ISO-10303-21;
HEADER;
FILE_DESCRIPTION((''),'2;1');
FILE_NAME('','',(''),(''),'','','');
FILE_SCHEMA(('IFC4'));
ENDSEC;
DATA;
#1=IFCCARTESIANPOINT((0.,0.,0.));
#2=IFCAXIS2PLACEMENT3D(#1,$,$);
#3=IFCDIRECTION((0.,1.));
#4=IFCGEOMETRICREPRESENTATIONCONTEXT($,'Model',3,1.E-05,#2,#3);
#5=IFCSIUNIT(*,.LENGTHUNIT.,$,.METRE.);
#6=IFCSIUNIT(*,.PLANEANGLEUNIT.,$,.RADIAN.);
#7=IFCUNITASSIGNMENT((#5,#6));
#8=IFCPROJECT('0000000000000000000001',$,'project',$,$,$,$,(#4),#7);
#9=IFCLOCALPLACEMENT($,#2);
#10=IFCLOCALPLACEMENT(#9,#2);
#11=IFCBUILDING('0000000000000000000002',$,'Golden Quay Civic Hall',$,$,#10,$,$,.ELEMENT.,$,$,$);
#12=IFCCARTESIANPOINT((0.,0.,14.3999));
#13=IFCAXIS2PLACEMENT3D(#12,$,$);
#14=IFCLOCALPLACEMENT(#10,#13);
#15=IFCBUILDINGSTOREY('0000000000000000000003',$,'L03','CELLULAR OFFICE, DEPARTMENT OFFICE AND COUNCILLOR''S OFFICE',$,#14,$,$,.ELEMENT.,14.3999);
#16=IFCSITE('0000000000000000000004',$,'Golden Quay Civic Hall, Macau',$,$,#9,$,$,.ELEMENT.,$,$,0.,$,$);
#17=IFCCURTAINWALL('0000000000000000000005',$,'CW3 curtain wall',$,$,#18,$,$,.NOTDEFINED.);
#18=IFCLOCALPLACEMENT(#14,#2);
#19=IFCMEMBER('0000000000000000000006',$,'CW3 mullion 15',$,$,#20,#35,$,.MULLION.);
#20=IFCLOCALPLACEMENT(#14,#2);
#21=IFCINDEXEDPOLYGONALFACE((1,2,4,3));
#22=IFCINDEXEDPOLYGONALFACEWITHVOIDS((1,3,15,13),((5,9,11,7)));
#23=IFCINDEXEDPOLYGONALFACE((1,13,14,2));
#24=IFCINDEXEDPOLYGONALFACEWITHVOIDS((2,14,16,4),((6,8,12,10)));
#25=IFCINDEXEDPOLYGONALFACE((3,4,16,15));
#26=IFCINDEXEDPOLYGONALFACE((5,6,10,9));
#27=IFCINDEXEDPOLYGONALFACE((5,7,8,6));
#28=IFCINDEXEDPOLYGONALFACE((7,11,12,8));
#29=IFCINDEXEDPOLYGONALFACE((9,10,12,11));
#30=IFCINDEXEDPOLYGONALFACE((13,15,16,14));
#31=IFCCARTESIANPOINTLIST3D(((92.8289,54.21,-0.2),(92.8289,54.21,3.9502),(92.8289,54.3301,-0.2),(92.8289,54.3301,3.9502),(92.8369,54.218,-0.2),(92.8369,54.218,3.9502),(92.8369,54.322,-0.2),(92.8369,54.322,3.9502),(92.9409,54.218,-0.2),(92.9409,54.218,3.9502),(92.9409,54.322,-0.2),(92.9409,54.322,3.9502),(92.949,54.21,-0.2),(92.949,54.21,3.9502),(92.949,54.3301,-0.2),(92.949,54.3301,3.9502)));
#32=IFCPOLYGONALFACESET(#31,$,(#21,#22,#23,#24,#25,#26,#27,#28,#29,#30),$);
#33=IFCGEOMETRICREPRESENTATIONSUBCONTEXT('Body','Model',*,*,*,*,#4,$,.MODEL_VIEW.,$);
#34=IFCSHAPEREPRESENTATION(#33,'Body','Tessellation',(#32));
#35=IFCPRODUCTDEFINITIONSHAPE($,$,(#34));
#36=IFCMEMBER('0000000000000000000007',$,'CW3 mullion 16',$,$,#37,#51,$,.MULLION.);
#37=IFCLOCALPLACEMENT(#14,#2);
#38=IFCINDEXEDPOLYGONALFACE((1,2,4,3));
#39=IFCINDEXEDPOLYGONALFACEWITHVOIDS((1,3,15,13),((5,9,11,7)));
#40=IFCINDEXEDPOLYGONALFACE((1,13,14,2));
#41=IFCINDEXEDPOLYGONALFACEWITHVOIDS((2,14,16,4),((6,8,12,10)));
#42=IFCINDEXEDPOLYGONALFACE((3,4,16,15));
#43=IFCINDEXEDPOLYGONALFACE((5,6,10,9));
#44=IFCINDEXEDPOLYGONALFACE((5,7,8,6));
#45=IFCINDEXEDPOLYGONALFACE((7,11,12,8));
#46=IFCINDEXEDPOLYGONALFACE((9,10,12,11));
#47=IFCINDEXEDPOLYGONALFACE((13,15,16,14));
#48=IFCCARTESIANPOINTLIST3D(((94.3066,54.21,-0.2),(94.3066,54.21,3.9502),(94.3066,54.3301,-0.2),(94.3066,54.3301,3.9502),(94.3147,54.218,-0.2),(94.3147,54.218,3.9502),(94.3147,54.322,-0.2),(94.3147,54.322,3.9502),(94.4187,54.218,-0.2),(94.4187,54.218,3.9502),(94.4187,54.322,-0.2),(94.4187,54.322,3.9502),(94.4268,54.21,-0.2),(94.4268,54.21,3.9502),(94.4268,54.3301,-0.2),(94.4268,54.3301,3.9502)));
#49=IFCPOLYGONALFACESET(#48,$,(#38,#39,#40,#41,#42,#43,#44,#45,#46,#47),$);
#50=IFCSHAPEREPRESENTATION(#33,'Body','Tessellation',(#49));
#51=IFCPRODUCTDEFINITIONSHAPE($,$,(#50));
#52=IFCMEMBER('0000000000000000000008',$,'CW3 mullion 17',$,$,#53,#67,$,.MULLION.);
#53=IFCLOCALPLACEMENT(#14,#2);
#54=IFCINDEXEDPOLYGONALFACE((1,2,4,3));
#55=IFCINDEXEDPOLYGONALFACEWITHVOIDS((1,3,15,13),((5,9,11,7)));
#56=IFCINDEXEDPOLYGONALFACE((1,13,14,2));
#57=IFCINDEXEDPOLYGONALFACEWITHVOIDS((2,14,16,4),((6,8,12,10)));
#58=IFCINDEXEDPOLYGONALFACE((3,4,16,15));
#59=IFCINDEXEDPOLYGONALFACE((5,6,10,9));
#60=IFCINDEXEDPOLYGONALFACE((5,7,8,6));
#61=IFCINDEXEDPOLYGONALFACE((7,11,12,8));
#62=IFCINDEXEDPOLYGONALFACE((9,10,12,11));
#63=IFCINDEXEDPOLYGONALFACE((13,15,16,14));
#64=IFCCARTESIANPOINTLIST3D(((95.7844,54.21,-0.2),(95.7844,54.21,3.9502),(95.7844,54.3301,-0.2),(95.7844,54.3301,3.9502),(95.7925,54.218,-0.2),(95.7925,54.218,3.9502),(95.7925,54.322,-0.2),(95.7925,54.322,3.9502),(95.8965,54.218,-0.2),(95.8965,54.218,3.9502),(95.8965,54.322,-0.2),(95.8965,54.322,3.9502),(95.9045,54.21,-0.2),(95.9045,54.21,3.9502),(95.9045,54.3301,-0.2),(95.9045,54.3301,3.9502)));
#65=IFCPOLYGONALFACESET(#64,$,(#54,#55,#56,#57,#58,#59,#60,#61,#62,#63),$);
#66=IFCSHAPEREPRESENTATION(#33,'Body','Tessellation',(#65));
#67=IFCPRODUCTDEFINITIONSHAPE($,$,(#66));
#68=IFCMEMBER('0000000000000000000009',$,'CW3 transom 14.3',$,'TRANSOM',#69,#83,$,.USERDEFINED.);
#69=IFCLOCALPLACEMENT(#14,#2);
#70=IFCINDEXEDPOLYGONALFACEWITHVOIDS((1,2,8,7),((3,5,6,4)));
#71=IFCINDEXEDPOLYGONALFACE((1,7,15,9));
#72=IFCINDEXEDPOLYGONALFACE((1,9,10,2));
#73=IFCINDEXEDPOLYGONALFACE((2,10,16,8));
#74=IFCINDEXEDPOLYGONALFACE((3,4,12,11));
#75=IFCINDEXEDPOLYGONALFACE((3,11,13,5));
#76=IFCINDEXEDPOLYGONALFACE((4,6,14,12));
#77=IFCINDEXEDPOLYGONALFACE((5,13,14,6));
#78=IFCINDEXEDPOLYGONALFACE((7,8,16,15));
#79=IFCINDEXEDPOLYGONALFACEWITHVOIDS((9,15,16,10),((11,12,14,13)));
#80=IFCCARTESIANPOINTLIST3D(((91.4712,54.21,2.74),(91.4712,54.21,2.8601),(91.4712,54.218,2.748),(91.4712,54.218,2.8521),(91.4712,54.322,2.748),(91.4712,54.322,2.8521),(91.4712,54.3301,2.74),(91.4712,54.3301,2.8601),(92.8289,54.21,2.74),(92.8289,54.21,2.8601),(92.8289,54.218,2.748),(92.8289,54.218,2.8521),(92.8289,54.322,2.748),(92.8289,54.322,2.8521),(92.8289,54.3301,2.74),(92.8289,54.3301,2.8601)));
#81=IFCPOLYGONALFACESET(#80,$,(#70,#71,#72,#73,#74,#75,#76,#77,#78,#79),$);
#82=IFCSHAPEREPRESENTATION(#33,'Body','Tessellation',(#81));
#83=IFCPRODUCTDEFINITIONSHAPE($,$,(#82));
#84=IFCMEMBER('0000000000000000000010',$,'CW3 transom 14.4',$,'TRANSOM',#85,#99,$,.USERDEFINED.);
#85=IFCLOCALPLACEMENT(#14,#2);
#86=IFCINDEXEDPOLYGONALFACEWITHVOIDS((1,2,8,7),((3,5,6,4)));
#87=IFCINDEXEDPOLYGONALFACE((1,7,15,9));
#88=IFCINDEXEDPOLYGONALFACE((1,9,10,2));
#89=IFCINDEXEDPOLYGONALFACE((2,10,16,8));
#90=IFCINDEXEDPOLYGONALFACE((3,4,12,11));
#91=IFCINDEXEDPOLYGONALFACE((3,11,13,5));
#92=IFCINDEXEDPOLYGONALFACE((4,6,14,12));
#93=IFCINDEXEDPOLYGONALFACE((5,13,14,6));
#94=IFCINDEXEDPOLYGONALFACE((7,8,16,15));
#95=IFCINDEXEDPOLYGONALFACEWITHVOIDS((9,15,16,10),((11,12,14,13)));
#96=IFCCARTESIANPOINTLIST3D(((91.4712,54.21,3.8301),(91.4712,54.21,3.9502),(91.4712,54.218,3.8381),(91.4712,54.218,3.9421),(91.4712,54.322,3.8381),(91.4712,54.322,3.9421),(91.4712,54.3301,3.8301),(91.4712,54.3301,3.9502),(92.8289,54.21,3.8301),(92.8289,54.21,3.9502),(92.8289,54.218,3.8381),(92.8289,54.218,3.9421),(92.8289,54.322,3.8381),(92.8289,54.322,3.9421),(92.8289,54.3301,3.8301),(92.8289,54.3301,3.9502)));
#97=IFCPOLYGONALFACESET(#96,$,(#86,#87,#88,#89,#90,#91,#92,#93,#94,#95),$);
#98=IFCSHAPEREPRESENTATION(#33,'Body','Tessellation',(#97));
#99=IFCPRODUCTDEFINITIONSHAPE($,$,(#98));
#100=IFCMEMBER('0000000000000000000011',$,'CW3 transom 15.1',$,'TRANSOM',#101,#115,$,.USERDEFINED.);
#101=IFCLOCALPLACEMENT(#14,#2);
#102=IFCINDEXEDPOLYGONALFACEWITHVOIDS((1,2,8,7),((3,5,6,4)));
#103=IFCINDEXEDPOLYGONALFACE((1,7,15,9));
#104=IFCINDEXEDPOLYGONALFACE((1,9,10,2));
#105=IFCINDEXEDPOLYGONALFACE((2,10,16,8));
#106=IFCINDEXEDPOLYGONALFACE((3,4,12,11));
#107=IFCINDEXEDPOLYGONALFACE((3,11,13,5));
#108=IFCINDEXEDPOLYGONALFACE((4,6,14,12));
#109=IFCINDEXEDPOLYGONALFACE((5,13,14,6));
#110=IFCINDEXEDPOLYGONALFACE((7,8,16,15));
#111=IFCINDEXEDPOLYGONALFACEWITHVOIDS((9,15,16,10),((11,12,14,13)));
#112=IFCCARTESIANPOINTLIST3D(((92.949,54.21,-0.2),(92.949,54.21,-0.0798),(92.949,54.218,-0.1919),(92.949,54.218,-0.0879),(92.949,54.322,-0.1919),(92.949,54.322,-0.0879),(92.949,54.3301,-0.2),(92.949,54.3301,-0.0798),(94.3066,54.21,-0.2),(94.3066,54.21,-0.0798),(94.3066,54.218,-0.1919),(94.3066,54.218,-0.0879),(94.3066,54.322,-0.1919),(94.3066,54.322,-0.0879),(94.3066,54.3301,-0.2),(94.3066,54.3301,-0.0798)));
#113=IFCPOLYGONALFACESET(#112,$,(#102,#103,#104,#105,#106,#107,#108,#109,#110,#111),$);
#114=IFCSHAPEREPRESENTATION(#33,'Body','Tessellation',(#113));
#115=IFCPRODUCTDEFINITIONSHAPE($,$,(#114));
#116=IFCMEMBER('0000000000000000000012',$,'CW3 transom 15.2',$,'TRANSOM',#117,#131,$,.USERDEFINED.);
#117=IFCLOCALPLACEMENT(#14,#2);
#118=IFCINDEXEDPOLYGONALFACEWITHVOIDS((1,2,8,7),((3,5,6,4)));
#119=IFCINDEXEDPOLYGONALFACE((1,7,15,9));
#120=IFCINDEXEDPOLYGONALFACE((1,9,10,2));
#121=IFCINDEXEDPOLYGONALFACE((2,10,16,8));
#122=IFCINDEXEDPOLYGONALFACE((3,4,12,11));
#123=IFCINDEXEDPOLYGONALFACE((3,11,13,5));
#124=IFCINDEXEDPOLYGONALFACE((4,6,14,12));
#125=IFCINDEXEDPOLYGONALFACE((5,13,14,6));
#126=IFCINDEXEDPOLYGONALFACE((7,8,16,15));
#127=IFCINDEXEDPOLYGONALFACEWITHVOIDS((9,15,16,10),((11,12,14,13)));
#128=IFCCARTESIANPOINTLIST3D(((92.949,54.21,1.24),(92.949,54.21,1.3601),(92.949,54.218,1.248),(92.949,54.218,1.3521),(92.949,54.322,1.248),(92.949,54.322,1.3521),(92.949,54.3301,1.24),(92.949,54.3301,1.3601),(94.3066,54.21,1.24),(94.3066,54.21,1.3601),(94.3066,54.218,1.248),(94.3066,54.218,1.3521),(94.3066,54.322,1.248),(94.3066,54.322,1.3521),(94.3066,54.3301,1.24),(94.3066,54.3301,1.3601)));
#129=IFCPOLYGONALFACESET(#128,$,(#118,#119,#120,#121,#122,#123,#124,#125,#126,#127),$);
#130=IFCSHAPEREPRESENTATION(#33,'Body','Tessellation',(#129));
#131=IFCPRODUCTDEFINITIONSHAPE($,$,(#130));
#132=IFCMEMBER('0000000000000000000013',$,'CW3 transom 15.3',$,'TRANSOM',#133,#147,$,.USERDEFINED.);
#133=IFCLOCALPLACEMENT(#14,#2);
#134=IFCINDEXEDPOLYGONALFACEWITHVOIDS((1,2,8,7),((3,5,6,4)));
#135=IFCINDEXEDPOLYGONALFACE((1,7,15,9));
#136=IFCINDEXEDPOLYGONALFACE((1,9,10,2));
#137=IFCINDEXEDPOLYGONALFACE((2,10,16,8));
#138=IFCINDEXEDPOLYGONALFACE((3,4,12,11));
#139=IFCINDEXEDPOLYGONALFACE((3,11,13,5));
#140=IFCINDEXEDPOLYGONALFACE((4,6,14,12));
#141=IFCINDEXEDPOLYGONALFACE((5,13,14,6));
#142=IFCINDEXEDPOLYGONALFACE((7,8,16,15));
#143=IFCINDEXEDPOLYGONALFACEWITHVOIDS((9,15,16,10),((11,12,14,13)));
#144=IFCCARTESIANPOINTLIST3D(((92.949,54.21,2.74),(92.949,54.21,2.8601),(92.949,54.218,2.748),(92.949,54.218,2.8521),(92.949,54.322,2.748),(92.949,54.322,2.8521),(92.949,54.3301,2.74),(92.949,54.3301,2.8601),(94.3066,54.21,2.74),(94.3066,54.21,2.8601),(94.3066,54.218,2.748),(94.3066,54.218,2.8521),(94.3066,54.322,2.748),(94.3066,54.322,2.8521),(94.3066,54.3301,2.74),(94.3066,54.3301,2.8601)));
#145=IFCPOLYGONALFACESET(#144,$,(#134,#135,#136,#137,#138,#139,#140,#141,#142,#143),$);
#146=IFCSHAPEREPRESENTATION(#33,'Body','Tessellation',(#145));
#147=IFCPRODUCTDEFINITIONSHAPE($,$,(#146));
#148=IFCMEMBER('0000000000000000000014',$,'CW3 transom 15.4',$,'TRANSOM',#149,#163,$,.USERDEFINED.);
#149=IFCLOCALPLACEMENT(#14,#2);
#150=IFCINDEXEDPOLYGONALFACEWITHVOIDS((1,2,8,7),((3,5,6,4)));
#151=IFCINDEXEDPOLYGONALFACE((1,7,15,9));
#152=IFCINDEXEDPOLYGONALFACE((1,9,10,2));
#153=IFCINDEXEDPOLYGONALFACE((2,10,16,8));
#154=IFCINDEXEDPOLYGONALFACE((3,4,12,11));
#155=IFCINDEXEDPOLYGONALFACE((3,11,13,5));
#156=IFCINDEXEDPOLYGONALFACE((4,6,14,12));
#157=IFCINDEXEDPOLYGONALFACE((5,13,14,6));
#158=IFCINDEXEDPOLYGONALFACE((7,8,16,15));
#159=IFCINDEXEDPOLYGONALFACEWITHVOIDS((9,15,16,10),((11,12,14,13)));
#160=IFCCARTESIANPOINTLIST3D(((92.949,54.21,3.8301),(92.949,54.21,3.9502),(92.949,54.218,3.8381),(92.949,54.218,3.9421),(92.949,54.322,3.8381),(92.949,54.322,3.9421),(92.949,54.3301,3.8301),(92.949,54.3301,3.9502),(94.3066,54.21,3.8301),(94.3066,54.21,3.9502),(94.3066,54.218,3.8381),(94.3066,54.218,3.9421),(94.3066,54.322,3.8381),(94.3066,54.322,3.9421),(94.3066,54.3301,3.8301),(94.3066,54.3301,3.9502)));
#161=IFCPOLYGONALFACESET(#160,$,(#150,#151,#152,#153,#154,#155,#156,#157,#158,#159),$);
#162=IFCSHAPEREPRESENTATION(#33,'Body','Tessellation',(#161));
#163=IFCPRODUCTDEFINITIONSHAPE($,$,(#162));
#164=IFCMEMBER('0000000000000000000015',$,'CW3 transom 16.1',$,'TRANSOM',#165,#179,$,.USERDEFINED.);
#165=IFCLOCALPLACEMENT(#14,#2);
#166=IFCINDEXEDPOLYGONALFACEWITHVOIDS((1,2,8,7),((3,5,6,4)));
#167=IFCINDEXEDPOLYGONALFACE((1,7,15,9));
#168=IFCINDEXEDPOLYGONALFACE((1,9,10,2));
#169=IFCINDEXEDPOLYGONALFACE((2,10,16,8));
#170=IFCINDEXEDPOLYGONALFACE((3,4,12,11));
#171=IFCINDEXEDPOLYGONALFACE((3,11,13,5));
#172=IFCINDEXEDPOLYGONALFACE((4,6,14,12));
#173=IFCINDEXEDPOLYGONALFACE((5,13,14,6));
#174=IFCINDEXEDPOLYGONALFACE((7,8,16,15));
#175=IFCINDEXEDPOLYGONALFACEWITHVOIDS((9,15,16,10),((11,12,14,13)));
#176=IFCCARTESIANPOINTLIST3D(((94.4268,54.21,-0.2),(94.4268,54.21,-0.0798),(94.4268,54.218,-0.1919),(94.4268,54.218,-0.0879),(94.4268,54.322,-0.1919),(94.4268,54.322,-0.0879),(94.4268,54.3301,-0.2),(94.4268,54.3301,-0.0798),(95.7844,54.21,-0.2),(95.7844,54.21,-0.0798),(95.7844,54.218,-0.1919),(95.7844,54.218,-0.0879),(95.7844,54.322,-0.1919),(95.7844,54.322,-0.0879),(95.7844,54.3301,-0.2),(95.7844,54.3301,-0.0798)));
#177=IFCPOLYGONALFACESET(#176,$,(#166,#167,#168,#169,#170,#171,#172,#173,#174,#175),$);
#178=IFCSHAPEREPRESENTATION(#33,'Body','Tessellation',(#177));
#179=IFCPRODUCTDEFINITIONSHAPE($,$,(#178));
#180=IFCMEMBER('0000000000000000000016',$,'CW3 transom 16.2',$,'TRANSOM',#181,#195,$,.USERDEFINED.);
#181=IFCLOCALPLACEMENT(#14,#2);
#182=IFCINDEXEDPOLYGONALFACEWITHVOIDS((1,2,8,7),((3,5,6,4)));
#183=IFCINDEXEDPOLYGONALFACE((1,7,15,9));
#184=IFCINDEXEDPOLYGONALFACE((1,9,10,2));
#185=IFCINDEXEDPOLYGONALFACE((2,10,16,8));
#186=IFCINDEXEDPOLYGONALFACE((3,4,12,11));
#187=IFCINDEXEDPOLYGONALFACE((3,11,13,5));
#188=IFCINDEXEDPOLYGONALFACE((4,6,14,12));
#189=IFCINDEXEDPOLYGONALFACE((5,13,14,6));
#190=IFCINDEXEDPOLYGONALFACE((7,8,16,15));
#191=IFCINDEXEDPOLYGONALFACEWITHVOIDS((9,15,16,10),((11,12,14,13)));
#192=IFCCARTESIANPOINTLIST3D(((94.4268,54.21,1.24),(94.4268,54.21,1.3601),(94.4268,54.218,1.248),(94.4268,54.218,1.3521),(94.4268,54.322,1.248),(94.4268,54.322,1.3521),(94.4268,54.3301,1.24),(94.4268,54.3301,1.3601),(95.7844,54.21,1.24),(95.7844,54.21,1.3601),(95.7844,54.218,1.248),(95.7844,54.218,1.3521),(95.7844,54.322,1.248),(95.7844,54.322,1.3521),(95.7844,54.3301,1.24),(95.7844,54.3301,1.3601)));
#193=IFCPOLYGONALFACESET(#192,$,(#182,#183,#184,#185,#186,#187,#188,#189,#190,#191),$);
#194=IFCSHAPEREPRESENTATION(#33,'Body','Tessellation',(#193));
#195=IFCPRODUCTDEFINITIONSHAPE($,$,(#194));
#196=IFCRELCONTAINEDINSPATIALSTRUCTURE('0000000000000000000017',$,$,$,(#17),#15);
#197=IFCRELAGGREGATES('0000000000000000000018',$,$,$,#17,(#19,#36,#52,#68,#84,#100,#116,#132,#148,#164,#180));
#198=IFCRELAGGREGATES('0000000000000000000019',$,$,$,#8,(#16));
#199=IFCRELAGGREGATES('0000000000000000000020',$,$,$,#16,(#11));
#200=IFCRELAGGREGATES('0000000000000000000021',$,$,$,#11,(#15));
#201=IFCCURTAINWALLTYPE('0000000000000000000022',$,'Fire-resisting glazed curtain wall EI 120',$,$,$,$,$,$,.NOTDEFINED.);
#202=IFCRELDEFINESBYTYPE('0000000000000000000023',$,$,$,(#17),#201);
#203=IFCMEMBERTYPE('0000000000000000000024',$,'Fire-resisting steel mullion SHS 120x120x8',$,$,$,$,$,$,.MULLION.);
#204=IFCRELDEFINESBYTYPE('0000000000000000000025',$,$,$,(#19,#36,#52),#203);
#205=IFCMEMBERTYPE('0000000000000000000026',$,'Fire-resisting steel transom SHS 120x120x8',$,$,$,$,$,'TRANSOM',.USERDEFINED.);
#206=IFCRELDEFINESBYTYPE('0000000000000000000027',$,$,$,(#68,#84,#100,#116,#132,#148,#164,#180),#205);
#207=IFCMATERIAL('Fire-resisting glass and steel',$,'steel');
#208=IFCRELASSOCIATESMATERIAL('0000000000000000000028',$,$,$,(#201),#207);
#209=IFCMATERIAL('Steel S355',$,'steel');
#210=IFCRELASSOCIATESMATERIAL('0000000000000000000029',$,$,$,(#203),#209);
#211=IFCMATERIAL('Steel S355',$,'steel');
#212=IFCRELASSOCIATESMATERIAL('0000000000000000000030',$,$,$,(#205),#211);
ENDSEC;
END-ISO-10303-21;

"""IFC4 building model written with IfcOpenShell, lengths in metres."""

from ifc_helpers import new_model, si_unit, direction, frame, origin, origin_2d, place, context, subcontext, project, spatial, hollow_rectangle, extrude, material, material_profile, profile_set, type_object, element, aggregate, save


model = new_model("IFC4")

# Units and contexts
model_context = context("Model", 3, precision=1e-05, world=origin(), true_north=direction((0.0, 1.0)))
body_context = subcontext(model_context, "Body", "Model", "MODEL_VIEW")
ifc_project = project(units=[si_unit("LENGTHUNIT", "METRE"), si_unit("PLANEANGLEUNIT", "RADIAN")], contexts=[model_context])

# Site, building, storey
site_placement = place(None, origin())
site = spatial("IfcSite", under=ifc_project, at=site_placement, Name="Golden Quay Civic Hall, Macau", CompositionType="ELEMENT", RefElevation=0.0)
building_placement = place(site_placement, origin())
building = spatial("IfcBuilding", under=site, at=building_placement, Name="Golden Quay Civic Hall", CompositionType="ELEMENT")
storey_placement = place(building_placement, frame((0.0, 0.0, 14.3999)))
storey = spatial("IfcBuildingStorey", under=building, at=storey_placement, Name="L03", Description="CELLULAR OFFICE, DEPARTMENT OFFICE AND COUNCILLOR'S OFFICE", CompositionType="ELEMENT", Elevation=14.3999)

# Curtain wall, members
ifc_material_1 = material(Name="Fire-resisting glass and steel", Category="steel")
curtain_wall_type_1 = type_object("IfcCurtainWallType", Name="Fire-resisting glazed curtain wall EI 120", PredefinedType="NOTDEFINED", material=ifc_material_1)
curtain_wall_1_placement = place(storey_placement, origin())
curtain_wall_1 = element("IfcCurtainWall", 1, at=curtain_wall_1_placement, inside=storey, type_object=curtain_wall_type_1, Name="CW3 curtain wall", PredefinedType="NOTDEFINED")
ifc_material_2 = material(Name="Steel S355", Category="steel")
ifc_material_profile_1 = material_profile(ifc_material_2, hollow_rectangle(XDim=0.1201, YDim=0.1201, WallThickness=0.0081, at=origin_2d()), Name="SHS 120x120x8")
ifc_profile_set_1 = profile_set([ifc_material_profile_1], Name="Steel S355")
member_type_1 = type_object("IfcMemberType", Name="Fire-resisting steel mullion SHS 120x120x8", PredefinedType="MULLION", material=ifc_profile_set_1)
member_1_placement = place(storey_placement, frame((92.8889, 54.27, -0.2), z_axis=(0.0, 0.0, 1.0), x_axis=(0.0, 1.0, 0.0)))
member_1 = element("IfcMember", 2, at=member_1_placement, type_object=member_type_1, Name="CW3 mullion 15", PredefinedType="MULLION", context=body_context, shape_type="SweptSolid", body=[
    extrude(hollow_rectangle(XDim=0.1201, YDim=0.1201, WallThickness=0.0081, at=origin_2d()), origin(), (0.0, 0.0, 1.0), 4.1501),
])
member_2_placement = place(storey_placement, frame((94.3667, 54.27, -0.2), z_axis=(0.0, 0.0, 1.0), x_axis=(0.0, 1.0, 0.0)))
member_2 = element("IfcMember", 3, at=member_2_placement, type_object=member_type_1, Name="CW3 mullion 16", PredefinedType="MULLION", context=body_context, shape_type="SweptSolid", body=[
    extrude(hollow_rectangle(XDim=0.1201, YDim=0.1201, WallThickness=0.0081, at=origin_2d()), origin(), (0.0, 0.0, 1.0), 4.1501),
])
member_3_placement = place(storey_placement, frame((95.8445, 54.27, -0.2), z_axis=(0.0, 0.0, 1.0), x_axis=(0.0, 1.0, 0.0)))
member_3 = element("IfcMember", 4, at=member_3_placement, type_object=member_type_1, Name="CW3 mullion 17", PredefinedType="MULLION", context=body_context, shape_type="SweptSolid", body=[
    extrude(hollow_rectangle(XDim=0.1201, YDim=0.1201, WallThickness=0.0081, at=origin_2d()), origin(), (0.0, 0.0, 1.0), 4.1501),
])
ifc_material_3 = material(Name="Steel S355", Category="steel")
ifc_material_profile_2 = material_profile(ifc_material_3, hollow_rectangle(XDim=0.1201, YDim=0.1201, WallThickness=0.0081, at=origin_2d()), Name="SHS 120x120x8")
ifc_profile_set_2 = profile_set([ifc_material_profile_2], Name="Steel S355")
member_type_2 = type_object("IfcMemberType", Name="Fire-resisting steel transom SHS 120x120x8", ElementType="TRANSOM", PredefinedType="USERDEFINED", material=ifc_profile_set_2)
member_4_placement = place(storey_placement, frame((91.4712, 54.27, 2.8), z_axis=(1.0, 0.0, 0.0), x_axis=(0.0, 1.0, 0.0)))
member_4 = element("IfcMember", 5, at=member_4_placement, type_object=member_type_2, Name="CW3 transom 14.3", ObjectType="TRANSOM", PredefinedType="USERDEFINED", context=body_context, shape_type="SweptSolid", body=[
    extrude(hollow_rectangle(XDim=0.1201, YDim=0.1201, WallThickness=0.0081, at=origin_2d()), origin(), (0.0, 0.0, 1.0), 1.3577),
])
member_5_placement = place(storey_placement, frame((91.4712, 54.27, 3.8901), z_axis=(1.0, 0.0, 0.0), x_axis=(0.0, 1.0, 0.0)))
member_5 = element("IfcMember", 6, at=member_5_placement, type_object=member_type_2, Name="CW3 transom 14.4", ObjectType="TRANSOM", PredefinedType="USERDEFINED", context=body_context, shape_type="SweptSolid", body=[
    extrude(hollow_rectangle(XDim=0.1201, YDim=0.1201, WallThickness=0.0081, at=origin_2d()), origin(), (0.0, 0.0, 1.0), 1.3577),
])
member_6_placement = place(storey_placement, frame((92.949, 54.27, -0.1399), z_axis=(1.0, 0.0, 0.0), x_axis=(0.0, 1.0, 0.0)))
member_6 = element("IfcMember", 7, at=member_6_placement, type_object=member_type_2, Name="CW3 transom 15.1", ObjectType="TRANSOM", PredefinedType="USERDEFINED", context=body_context, shape_type="SweptSolid", body=[
    extrude(hollow_rectangle(XDim=0.1201, YDim=0.1201, WallThickness=0.0081, at=origin_2d()), origin(), (0.0, 0.0, 1.0), 1.3577),
])
member_7_placement = place(storey_placement, frame((92.949, 54.27, 1.3), z_axis=(1.0, 0.0, 0.0), x_axis=(0.0, 1.0, 0.0)))
member_7 = element("IfcMember", 8, at=member_7_placement, type_object=member_type_2, Name="CW3 transom 15.2", ObjectType="TRANSOM", PredefinedType="USERDEFINED", context=body_context, shape_type="SweptSolid", body=[
    extrude(hollow_rectangle(XDim=0.1201, YDim=0.1201, WallThickness=0.0081, at=origin_2d()), origin(), (0.0, 0.0, 1.0), 1.3577),
])
member_8_placement = place(storey_placement, frame((92.949, 54.27, 2.8), z_axis=(1.0, 0.0, 0.0), x_axis=(0.0, 1.0, 0.0)))
member_8 = element("IfcMember", 9, at=member_8_placement, type_object=member_type_2, Name="CW3 transom 15.3", ObjectType="TRANSOM", PredefinedType="USERDEFINED", context=body_context, shape_type="SweptSolid", body=[
    extrude(hollow_rectangle(XDim=0.1201, YDim=0.1201, WallThickness=0.0081, at=origin_2d()), origin(), (0.0, 0.0, 1.0), 1.3577),
])
member_9_placement = place(storey_placement, frame((92.949, 54.27, 3.8901), z_axis=(1.0, 0.0, 0.0), x_axis=(0.0, 1.0, 0.0)))
member_9 = element("IfcMember", 10, at=member_9_placement, type_object=member_type_2, Name="CW3 transom 15.4", ObjectType="TRANSOM", PredefinedType="USERDEFINED", context=body_context, shape_type="SweptSolid", body=[
    extrude(hollow_rectangle(XDim=0.1201, YDim=0.1201, WallThickness=0.0081, at=origin_2d()), origin(), (0.0, 0.0, 1.0), 1.3577),
])
member_10_placement = place(storey_placement, frame((94.4268, 54.27, -0.1399), z_axis=(1.0, 0.0, 0.0), x_axis=(0.0, 1.0, 0.0)))
member_10 = element("IfcMember", 11, at=member_10_placement, type_object=member_type_2, Name="CW3 transom 16.1", ObjectType="TRANSOM", PredefinedType="USERDEFINED", context=body_context, shape_type="SweptSolid", body=[
    extrude(hollow_rectangle(XDim=0.1201, YDim=0.1201, WallThickness=0.0081, at=origin_2d()), origin(), (0.0, 0.0, 1.0), 1.3577),
])
member_11_placement = place(storey_placement, frame((94.4268, 54.27, 1.3), z_axis=(1.0, 0.0, 0.0), x_axis=(0.0, 1.0, 0.0)))
member_11 = element("IfcMember", 12, at=member_11_placement, type_object=member_type_2, Name="CW3 transom 16.2", ObjectType="TRANSOM", PredefinedType="USERDEFINED", context=body_context, shape_type="SweptSolid", body=[
    extrude(hollow_rectangle(XDim=0.1201, YDim=0.1201, WallThickness=0.0081, at=origin_2d()), origin(), (0.0, 0.0, 1.0), 1.3577),
])
aggregate(curtain_wall_1, [member_1, member_2, member_3, member_4, member_5, member_6, member_7, member_8, member_9, member_10, member_11])

save(model, "model.ifc")
